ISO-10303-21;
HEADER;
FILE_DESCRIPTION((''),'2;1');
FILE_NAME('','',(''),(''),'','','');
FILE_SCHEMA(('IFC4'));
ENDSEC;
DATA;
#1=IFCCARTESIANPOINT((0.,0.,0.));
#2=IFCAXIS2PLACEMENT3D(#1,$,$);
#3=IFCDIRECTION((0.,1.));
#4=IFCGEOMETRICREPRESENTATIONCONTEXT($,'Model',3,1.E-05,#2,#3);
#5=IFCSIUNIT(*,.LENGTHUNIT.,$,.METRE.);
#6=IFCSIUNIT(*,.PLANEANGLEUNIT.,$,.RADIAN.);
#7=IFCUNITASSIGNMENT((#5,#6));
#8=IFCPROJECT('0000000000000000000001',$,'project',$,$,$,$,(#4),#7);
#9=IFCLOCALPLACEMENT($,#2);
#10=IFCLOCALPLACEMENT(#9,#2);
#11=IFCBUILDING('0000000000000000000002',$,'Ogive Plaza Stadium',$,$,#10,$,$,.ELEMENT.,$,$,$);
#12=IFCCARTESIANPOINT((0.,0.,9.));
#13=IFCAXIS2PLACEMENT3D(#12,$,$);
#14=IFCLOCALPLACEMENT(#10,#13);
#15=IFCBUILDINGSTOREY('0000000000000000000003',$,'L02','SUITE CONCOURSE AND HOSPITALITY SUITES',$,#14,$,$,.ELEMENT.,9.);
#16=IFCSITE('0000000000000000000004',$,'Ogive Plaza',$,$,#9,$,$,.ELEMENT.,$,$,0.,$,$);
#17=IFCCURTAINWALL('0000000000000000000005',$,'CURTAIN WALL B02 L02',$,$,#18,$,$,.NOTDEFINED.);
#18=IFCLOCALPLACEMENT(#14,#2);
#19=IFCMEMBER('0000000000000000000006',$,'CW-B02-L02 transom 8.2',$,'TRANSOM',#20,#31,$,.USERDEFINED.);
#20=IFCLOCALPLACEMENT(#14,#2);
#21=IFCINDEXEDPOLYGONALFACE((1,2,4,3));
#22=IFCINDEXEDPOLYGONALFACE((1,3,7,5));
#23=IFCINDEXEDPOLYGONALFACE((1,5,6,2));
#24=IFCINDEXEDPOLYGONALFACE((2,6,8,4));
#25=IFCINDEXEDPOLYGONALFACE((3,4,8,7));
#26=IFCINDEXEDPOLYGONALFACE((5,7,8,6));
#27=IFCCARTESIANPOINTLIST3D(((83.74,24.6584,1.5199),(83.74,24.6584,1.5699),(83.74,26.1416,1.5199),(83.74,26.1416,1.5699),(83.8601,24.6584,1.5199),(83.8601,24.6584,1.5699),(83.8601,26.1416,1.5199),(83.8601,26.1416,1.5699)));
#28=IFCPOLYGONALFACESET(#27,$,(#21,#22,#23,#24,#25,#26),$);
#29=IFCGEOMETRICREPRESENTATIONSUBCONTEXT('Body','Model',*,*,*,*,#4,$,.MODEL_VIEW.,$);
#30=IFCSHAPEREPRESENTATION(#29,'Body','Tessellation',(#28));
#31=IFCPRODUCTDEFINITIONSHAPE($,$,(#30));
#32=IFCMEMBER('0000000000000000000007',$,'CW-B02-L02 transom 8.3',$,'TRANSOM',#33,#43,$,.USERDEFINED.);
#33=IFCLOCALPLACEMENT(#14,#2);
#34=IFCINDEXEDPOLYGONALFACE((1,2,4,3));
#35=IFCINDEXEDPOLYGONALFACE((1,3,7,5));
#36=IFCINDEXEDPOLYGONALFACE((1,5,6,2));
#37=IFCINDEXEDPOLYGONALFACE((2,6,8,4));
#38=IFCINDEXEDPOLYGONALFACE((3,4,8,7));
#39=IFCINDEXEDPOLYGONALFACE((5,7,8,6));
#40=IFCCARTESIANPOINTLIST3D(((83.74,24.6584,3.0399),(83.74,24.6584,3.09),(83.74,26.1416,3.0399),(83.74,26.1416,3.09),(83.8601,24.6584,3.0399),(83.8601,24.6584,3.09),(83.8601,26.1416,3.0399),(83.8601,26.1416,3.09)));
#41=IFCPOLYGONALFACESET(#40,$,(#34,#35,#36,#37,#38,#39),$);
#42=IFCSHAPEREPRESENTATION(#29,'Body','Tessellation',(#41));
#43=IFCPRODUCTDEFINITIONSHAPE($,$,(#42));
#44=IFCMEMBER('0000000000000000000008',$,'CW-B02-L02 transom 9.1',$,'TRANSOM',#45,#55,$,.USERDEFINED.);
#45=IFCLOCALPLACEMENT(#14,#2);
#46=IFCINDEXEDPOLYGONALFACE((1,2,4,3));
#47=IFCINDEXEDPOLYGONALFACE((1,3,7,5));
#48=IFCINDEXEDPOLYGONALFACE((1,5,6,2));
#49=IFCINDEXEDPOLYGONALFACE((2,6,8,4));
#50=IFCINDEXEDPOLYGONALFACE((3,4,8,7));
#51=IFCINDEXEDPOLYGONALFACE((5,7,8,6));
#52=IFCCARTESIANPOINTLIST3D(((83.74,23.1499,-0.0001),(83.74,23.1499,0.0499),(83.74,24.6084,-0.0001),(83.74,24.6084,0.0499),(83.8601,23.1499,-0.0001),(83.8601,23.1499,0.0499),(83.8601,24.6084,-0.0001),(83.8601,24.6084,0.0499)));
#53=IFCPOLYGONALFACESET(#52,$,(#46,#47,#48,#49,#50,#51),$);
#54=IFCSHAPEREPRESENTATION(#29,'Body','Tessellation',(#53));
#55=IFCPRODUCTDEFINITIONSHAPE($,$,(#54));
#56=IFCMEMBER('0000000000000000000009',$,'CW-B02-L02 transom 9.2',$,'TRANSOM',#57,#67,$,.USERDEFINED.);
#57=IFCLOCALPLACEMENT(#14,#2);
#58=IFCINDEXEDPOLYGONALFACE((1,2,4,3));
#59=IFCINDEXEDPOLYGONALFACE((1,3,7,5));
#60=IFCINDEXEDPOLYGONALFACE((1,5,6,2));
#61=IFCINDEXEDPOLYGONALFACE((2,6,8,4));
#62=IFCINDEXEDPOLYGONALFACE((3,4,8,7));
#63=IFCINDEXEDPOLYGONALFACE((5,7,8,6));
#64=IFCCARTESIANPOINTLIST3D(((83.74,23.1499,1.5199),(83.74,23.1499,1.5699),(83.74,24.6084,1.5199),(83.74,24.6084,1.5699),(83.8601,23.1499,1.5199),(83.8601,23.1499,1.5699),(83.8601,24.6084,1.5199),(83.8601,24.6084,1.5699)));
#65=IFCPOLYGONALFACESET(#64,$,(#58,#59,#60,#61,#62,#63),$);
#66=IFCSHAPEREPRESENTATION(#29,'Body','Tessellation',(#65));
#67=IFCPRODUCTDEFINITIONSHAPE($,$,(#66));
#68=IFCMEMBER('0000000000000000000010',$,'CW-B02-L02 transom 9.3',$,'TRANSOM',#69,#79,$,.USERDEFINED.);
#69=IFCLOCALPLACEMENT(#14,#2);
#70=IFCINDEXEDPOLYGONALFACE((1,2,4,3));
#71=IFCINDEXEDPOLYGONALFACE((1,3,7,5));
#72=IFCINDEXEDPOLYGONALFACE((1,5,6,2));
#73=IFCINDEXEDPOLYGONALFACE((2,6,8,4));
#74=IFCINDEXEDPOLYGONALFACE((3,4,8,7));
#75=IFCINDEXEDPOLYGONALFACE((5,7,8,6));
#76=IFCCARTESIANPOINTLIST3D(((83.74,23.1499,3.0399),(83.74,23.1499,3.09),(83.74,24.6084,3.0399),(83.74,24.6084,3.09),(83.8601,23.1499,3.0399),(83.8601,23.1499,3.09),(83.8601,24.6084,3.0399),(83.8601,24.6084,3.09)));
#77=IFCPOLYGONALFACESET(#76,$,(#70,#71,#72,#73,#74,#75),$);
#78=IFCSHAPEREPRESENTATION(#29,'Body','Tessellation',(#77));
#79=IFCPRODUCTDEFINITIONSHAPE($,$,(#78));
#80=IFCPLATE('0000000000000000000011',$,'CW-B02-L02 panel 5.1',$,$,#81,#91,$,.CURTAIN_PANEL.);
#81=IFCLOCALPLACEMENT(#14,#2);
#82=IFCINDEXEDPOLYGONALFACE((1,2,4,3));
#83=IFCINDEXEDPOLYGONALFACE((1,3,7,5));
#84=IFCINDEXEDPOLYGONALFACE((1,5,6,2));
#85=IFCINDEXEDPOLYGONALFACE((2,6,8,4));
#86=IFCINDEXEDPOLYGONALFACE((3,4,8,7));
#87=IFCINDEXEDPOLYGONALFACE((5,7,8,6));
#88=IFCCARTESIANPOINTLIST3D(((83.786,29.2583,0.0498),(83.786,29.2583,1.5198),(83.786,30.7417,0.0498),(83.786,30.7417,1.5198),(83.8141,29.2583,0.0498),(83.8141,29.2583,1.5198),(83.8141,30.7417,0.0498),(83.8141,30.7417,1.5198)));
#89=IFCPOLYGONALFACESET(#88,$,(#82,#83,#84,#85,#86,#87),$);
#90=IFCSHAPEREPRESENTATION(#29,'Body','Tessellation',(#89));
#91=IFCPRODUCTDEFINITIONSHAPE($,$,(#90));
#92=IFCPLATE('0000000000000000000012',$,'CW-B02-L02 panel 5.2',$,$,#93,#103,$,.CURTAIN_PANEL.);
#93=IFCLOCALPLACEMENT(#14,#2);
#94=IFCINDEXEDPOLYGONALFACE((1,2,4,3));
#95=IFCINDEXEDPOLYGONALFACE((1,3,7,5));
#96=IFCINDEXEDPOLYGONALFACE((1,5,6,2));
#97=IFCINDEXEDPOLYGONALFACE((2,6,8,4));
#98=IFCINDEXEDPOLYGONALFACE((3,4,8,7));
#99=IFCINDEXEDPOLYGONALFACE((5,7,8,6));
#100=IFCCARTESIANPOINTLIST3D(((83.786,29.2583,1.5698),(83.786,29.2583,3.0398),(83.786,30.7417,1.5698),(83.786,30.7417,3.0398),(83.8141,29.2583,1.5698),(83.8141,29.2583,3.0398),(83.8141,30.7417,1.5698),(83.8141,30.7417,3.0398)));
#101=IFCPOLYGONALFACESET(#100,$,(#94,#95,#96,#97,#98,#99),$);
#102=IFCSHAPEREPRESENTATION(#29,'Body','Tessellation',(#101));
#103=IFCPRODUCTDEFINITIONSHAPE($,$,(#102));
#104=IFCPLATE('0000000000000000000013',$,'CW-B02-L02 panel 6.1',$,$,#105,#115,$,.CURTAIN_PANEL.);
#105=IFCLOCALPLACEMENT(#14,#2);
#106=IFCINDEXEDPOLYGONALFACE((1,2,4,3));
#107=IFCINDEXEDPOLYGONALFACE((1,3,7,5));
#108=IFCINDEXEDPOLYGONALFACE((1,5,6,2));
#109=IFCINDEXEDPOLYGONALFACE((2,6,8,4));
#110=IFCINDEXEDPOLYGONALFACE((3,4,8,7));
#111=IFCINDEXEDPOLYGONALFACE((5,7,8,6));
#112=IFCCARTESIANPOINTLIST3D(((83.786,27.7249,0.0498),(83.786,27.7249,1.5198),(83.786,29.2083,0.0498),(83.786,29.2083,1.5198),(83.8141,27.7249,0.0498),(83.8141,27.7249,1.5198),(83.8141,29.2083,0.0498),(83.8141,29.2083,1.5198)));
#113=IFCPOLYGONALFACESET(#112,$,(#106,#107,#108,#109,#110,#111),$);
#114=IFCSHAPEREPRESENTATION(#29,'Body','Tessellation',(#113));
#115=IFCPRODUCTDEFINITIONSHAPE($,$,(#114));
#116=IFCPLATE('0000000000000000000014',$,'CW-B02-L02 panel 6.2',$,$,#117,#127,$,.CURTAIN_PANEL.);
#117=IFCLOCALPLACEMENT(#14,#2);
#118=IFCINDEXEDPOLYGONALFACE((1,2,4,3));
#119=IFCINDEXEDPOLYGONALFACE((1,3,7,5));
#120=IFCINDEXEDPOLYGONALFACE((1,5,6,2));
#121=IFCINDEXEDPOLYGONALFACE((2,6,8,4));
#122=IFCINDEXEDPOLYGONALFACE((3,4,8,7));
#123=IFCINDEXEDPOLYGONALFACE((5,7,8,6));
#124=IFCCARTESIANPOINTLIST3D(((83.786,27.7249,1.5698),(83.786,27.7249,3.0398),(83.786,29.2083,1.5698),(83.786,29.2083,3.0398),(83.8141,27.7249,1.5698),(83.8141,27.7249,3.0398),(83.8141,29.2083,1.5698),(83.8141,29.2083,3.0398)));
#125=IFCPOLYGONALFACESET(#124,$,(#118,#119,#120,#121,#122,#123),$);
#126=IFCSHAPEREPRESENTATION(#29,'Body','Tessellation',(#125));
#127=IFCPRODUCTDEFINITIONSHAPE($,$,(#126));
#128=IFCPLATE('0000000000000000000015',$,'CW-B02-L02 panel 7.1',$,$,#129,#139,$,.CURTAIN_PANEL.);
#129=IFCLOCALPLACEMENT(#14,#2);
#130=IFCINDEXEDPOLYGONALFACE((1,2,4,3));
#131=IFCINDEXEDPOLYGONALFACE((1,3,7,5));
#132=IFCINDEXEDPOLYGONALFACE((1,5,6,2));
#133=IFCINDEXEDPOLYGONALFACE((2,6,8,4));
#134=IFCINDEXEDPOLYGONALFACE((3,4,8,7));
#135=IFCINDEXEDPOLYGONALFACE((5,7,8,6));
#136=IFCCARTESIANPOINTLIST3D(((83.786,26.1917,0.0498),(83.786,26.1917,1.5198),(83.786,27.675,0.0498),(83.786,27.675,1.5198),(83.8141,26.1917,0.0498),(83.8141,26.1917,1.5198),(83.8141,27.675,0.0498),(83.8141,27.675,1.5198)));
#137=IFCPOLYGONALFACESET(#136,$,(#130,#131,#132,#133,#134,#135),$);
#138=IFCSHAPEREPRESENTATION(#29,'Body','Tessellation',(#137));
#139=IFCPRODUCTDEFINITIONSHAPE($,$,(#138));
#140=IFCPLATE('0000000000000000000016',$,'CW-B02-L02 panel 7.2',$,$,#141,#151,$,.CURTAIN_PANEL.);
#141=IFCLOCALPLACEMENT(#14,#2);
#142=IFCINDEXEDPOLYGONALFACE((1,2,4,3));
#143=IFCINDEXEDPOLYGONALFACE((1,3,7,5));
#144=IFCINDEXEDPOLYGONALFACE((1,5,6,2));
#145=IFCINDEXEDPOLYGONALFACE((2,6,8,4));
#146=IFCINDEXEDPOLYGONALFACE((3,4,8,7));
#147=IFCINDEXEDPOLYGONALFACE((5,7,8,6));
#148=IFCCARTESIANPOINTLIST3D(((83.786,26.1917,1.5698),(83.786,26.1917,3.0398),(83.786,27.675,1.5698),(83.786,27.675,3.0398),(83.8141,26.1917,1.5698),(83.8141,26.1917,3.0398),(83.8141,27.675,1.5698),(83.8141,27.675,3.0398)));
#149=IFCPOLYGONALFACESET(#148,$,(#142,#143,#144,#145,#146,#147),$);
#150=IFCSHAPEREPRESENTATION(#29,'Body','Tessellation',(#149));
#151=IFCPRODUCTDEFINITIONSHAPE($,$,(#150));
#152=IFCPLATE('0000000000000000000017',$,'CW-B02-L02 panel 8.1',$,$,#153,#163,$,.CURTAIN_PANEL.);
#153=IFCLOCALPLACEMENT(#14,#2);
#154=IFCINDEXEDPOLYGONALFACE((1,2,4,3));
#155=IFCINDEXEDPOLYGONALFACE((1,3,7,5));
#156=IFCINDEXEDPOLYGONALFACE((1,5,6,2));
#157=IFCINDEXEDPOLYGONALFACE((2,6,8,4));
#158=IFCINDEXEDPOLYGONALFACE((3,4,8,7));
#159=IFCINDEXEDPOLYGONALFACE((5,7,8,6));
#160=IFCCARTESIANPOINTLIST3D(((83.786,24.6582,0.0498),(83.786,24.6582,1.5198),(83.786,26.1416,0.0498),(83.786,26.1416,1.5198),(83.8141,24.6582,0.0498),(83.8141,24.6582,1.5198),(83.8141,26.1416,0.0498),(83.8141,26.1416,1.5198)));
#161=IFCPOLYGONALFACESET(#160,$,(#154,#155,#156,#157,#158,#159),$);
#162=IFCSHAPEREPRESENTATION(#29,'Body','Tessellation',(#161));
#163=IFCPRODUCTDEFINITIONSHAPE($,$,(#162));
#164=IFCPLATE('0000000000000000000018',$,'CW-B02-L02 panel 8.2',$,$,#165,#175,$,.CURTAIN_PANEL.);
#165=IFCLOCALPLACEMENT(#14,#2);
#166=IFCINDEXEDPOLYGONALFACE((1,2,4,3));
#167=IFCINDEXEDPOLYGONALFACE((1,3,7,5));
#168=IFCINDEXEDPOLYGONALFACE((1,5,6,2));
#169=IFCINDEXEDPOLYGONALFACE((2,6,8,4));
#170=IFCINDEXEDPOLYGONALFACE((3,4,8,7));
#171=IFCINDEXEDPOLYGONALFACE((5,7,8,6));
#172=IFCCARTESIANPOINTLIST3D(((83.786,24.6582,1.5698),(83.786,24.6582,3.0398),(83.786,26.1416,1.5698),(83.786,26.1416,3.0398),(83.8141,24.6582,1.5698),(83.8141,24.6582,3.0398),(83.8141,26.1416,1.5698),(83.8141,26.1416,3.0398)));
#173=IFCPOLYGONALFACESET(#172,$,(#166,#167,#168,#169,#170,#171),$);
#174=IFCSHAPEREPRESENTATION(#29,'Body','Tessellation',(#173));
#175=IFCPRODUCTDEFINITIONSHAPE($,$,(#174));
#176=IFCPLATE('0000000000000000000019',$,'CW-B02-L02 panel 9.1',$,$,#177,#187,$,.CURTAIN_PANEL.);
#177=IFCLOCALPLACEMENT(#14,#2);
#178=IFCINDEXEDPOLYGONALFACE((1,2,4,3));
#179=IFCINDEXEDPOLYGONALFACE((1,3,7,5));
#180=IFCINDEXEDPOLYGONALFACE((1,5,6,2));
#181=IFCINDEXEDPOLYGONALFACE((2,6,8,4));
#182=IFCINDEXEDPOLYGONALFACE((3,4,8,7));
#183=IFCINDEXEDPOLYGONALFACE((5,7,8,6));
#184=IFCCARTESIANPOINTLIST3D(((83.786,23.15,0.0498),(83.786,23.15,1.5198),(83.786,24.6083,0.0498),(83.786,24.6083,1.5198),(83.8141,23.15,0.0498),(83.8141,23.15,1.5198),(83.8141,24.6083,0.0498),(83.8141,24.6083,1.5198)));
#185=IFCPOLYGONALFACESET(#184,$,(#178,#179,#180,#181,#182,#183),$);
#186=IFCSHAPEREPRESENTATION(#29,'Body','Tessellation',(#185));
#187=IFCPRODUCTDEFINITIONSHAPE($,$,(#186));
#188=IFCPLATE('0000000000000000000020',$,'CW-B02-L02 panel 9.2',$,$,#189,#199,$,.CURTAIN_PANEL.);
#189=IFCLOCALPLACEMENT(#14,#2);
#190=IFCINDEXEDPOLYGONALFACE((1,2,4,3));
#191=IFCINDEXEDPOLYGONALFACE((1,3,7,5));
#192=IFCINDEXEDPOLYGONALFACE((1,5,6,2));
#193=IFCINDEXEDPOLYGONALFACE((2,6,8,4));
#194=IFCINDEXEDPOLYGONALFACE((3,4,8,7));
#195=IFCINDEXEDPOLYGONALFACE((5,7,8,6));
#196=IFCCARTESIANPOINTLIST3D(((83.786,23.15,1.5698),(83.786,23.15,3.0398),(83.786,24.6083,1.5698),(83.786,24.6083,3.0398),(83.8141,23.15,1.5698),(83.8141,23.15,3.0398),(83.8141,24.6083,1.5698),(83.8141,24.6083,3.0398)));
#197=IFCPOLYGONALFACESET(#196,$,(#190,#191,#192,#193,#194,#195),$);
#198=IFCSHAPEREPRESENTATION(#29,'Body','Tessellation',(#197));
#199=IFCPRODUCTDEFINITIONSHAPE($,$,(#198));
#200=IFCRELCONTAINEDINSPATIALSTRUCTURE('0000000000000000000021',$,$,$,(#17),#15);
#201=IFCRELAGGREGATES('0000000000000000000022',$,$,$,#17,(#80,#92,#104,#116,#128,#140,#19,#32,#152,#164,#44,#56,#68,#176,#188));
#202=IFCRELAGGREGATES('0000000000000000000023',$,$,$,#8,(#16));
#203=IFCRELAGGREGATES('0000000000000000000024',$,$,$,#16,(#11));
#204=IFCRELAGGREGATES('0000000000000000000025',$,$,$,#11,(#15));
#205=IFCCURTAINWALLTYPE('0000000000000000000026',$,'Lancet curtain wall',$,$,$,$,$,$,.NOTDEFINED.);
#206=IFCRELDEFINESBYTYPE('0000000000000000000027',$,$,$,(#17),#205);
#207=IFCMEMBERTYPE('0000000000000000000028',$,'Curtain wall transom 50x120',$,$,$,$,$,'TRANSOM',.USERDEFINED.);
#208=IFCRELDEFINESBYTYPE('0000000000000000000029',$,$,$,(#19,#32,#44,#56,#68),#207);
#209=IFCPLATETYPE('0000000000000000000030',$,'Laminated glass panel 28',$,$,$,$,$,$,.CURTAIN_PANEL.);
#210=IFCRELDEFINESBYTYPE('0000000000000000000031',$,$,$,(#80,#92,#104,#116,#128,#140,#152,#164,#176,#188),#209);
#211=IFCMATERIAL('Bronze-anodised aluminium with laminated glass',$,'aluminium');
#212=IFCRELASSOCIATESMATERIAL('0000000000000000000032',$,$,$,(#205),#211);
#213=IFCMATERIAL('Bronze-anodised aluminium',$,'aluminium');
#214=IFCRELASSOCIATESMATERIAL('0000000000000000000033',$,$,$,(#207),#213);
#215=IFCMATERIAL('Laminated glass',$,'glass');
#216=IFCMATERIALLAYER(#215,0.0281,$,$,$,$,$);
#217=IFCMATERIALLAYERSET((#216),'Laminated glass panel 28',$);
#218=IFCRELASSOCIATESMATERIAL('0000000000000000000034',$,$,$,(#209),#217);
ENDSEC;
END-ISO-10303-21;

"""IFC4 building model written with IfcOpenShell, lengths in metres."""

from ifc_helpers import new_model, si_unit, direction, frame, origin, origin_2d, place, context, subcontext, project, spatial, rectangle, extrude, material, layer, layer_set, material_profile, profile_set, type_object, element, aggregate, save


model = new_model("IFC4")

# Units and contexts
model_context = context("Model", 3, precision=1e-05, world=origin(), true_north=direction((0.0, 1.0)))
body_context = subcontext(model_context, "Body", "Model", "MODEL_VIEW")
ifc_project = project(units=[si_unit("LENGTHUNIT", "METRE"), si_unit("PLANEANGLEUNIT", "RADIAN")], contexts=[model_context])

# Site, building, storey
site_placement = place(None, origin())
site = spatial("IfcSite", under=ifc_project, at=site_placement, Name="Ogive Plaza", CompositionType="ELEMENT", RefElevation=0.0)
building_placement = place(site_placement, origin())
building = spatial("IfcBuilding", under=site, at=building_placement, Name="Ogive Plaza Stadium", CompositionType="ELEMENT")
storey_placement = place(building_placement, frame((0.0, 0.0, 9.0)))
storey = spatial("IfcBuildingStorey", under=building, at=storey_placement, Name="L02", Description="SUITE CONCOURSE AND HOSPITALITY SUITES", CompositionType="ELEMENT", Elevation=9.0)

# Curtain wall, members, plates
ifc_material_1 = material(Name="Bronze-anodised aluminium with laminated glass", Category="aluminium")
curtain_wall_type = type_object("IfcCurtainWallType", Name="Lancet curtain wall", PredefinedType="NOTDEFINED", material=ifc_material_1)
curtain_wall_placement = place(storey_placement, origin())
curtain_wall = element("IfcCurtainWall", 1, at=curtain_wall_placement, inside=storey, type_object=curtain_wall_type, Name="CURTAIN WALL B02 L02", PredefinedType="NOTDEFINED")
ifc_material_2 = material(Name="Bronze-anodised aluminium", Category="aluminium")
ifc_material_profile_1 = material_profile(ifc_material_2, rectangle(XDim=0.1201, YDim=0.05, at=origin_2d()), Name="AL 120x50")
ifc_profile_set_1 = profile_set([ifc_material_profile_1], Name="Bronze-anodised aluminium")
member_type_1 = type_object("IfcMemberType", Name="Curtain wall transom 50x120", ElementType="TRANSOM", PredefinedType="USERDEFINED", material=ifc_profile_set_1)
member_1_placement = place(storey_placement, frame((83.8, 26.1416, 1.5449), z_axis=(0.0, -1.0, 0.0), x_axis=(1.0, 0.0, 0.0)))
member_1 = element("IfcMember", 2, at=member_1_placement, type_object=member_type_1, Name="CW-B02-L02 transom 8.2", ObjectType="TRANSOM", PredefinedType="USERDEFINED", context=body_context, shape_type="SweptSolid", body=[
    extrude(rectangle(XDim=0.1201, YDim=0.05, at=origin_2d()), origin(), (0.0, 0.0, 1.0), 1.4832),
])
member_2_placement = place(storey_placement, frame((83.8, 26.1416, 3.0649), z_axis=(0.0, -1.0, 0.0), x_axis=(1.0, 0.0, 0.0)))
member_2 = element("IfcMember", 3, at=member_2_placement, type_object=member_type_1, Name="CW-B02-L02 transom 8.3", ObjectType="TRANSOM", PredefinedType="USERDEFINED", context=body_context, shape_type="SweptSolid", body=[
    extrude(rectangle(XDim=0.1201, YDim=0.05, at=origin_2d()), origin(), (0.0, 0.0, 1.0), 1.4832),
])
member_3_placement = place(storey_placement, frame((83.8, 24.6084, 0.0249), z_axis=(0.0, -1.0, 0.0), x_axis=(1.0, 0.0, 0.0)))
member_3 = element("IfcMember", 4, at=member_3_placement, type_object=member_type_1, Name="CW-B02-L02 transom 9.1", ObjectType="TRANSOM", PredefinedType="USERDEFINED", context=body_context, shape_type="SweptSolid", body=[
    extrude(rectangle(XDim=0.1201, YDim=0.05, at=origin_2d()), origin(), (0.0, 0.0, 1.0), 1.4585),
])
member_4_placement = place(storey_placement, frame((83.8, 24.6084, 1.5449), z_axis=(0.0, -1.0, 0.0), x_axis=(1.0, 0.0, 0.0)))
member_4 = element("IfcMember", 5, at=member_4_placement, type_object=member_type_1, Name="CW-B02-L02 transom 9.2", ObjectType="TRANSOM", PredefinedType="USERDEFINED", context=body_context, shape_type="SweptSolid", body=[
    extrude(rectangle(XDim=0.1201, YDim=0.05, at=origin_2d()), origin(), (0.0, 0.0, 1.0), 1.4585),
])
member_5_placement = place(storey_placement, frame((83.8, 24.6084, 3.0649), z_axis=(0.0, -1.0, 0.0), x_axis=(1.0, 0.0, 0.0)))
member_5 = element("IfcMember", 6, at=member_5_placement, type_object=member_type_1, Name="CW-B02-L02 transom 9.3", ObjectType="TRANSOM", PredefinedType="USERDEFINED", context=body_context, shape_type="SweptSolid", body=[
    extrude(rectangle(XDim=0.1201, YDim=0.05, at=origin_2d()), origin(), (0.0, 0.0, 1.0), 1.4585),
])
ifc_material_3 = material(Name="Laminated glass", Category="glass")
ifc_layer_1 = layer(ifc_material_3, 0.0281)
ifc_layer_set_1 = layer_set([ifc_layer_1], Name="Laminated glass panel 28")
plate_type = type_object("IfcPlateType", Name="Laminated glass panel 28", PredefinedType="CURTAIN_PANEL", material=ifc_layer_set_1)
plate_1_placement = place(storey_placement, frame((83.8, 30.0, 0.0498), z_axis=(0.0, 0.0, 1.0), x_axis=(0.0, -1.0, 0.0)))
plate_1 = element("IfcPlate", 7, at=plate_1_placement, type_object=plate_type, Name="CW-B02-L02 panel 5.1", PredefinedType="CURTAIN_PANEL", context=body_context, shape_type="SweptSolid", body=[
    extrude(rectangle(XDim=1.4834, YDim=0.0281, at=origin_2d()), origin(), (0.0, 0.0, 1.0), 1.47),
])
plate_2_placement = place(storey_placement, frame((83.8, 30.0, 1.5698), z_axis=(0.0, 0.0, 1.0), x_axis=(0.0, -1.0, 0.0)))
plate_2 = element("IfcPlate", 8, at=plate_2_placement, type_object=plate_type, Name="CW-B02-L02 panel 5.2", PredefinedType="CURTAIN_PANEL", context=body_context, shape_type="SweptSolid", body=[
    extrude(rectangle(XDim=1.4834, YDim=0.0281, at=origin_2d()), origin(), (0.0, 0.0, 1.0), 1.47),
])
plate_3_placement = place(storey_placement, frame((83.8, 28.4666, 0.0498), z_axis=(0.0, 0.0, 1.0), x_axis=(0.0, -1.0, 0.0)))
plate_3 = element("IfcPlate", 9, at=plate_3_placement, type_object=plate_type, Name="CW-B02-L02 panel 6.1", PredefinedType="CURTAIN_PANEL", context=body_context, shape_type="SweptSolid", body=[
    extrude(rectangle(XDim=1.4834, YDim=0.0281, at=origin_2d()), origin(), (0.0, 0.0, 1.0), 1.47),
])
plate_4_placement = place(storey_placement, frame((83.8, 28.4666, 1.5698), z_axis=(0.0, 0.0, 1.0), x_axis=(0.0, -1.0, 0.0)))
plate_4 = element("IfcPlate", 10, at=plate_4_placement, type_object=plate_type, Name="CW-B02-L02 panel 6.2", PredefinedType="CURTAIN_PANEL", context=body_context, shape_type="SweptSolid", body=[
    extrude(rectangle(XDim=1.4834, YDim=0.0281, at=origin_2d()), origin(), (0.0, 0.0, 1.0), 1.47),
])
plate_5_placement = place(storey_placement, frame((83.8, 26.9333, 0.0498), z_axis=(0.0, 0.0, 1.0), x_axis=(0.0, -1.0, 0.0)))
plate_5 = element("IfcPlate", 11, at=plate_5_placement, type_object=plate_type, Name="CW-B02-L02 panel 7.1", PredefinedType="CURTAIN_PANEL", context=body_context, shape_type="SweptSolid", body=[
    extrude(rectangle(XDim=1.4834, YDim=0.0281, at=origin_2d()), origin(), (0.0, 0.0, 1.0), 1.47),
])
plate_6_placement = place(storey_placement, frame((83.8, 26.9333, 1.5698), z_axis=(0.0, 0.0, 1.0), x_axis=(0.0, -1.0, 0.0)))
plate_6 = element("IfcPlate", 12, at=plate_6_placement, type_object=plate_type, Name="CW-B02-L02 panel 7.2", PredefinedType="CURTAIN_PANEL", context=body_context, shape_type="SweptSolid", body=[
    extrude(rectangle(XDim=1.4834, YDim=0.0281, at=origin_2d()), origin(), (0.0, 0.0, 1.0), 1.47),
])
plate_7_placement = place(storey_placement, frame((83.8, 25.3999, 0.0498), z_axis=(0.0, 0.0, 1.0), x_axis=(0.0, -1.0, 0.0)))
plate_7 = element("IfcPlate", 13, at=plate_7_placement, type_object=plate_type, Name="CW-B02-L02 panel 8.1", PredefinedType="CURTAIN_PANEL", context=body_context, shape_type="SweptSolid", body=[
    extrude(rectangle(XDim=1.4834, YDim=0.0281, at=origin_2d()), origin(), (0.0, 0.0, 1.0), 1.47),
])
plate_8_placement = place(storey_placement, frame((83.8, 25.3999, 1.5698), z_axis=(0.0, 0.0, 1.0), x_axis=(0.0, -1.0, 0.0)))
plate_8 = element("IfcPlate", 14, at=plate_8_placement, type_object=plate_type, Name="CW-B02-L02 panel 8.2", PredefinedType="CURTAIN_PANEL", context=body_context, shape_type="SweptSolid", body=[
    extrude(rectangle(XDim=1.4834, YDim=0.0281, at=origin_2d()), origin(), (0.0, 0.0, 1.0), 1.47),
])
plate_9_placement = place(storey_placement, frame((83.8, 23.8792, 0.0498), z_axis=(0.0, 0.0, 1.0), x_axis=(0.0, -1.0, 0.0)))
plate_9 = element("IfcPlate", 15, at=plate_9_placement, type_object=plate_type, Name="CW-B02-L02 panel 9.1", PredefinedType="CURTAIN_PANEL", context=body_context, shape_type="SweptSolid", body=[
    extrude(rectangle(XDim=1.4583, YDim=0.0281, at=origin_2d()), origin(), (0.0, 0.0, 1.0), 1.47),
])
plate_10_placement = place(storey_placement, frame((83.8, 23.8792, 1.5698), z_axis=(0.0, 0.0, 1.0), x_axis=(0.0, -1.0, 0.0)))
plate_10 = element("IfcPlate", 16, at=plate_10_placement, type_object=plate_type, Name="CW-B02-L02 panel 9.2", PredefinedType="CURTAIN_PANEL", context=body_context, shape_type="SweptSolid", body=[
    extrude(rectangle(XDim=1.4583, YDim=0.0281, at=origin_2d()), origin(), (0.0, 0.0, 1.0), 1.47),
])
aggregate(curtain_wall, [plate_1, plate_2, plate_3, plate_4, plate_5, plate_6, member_1, member_2, plate_7, plate_8, member_3, member_4, member_5, plate_9, plate_10])

save(model, "model.ifc")
